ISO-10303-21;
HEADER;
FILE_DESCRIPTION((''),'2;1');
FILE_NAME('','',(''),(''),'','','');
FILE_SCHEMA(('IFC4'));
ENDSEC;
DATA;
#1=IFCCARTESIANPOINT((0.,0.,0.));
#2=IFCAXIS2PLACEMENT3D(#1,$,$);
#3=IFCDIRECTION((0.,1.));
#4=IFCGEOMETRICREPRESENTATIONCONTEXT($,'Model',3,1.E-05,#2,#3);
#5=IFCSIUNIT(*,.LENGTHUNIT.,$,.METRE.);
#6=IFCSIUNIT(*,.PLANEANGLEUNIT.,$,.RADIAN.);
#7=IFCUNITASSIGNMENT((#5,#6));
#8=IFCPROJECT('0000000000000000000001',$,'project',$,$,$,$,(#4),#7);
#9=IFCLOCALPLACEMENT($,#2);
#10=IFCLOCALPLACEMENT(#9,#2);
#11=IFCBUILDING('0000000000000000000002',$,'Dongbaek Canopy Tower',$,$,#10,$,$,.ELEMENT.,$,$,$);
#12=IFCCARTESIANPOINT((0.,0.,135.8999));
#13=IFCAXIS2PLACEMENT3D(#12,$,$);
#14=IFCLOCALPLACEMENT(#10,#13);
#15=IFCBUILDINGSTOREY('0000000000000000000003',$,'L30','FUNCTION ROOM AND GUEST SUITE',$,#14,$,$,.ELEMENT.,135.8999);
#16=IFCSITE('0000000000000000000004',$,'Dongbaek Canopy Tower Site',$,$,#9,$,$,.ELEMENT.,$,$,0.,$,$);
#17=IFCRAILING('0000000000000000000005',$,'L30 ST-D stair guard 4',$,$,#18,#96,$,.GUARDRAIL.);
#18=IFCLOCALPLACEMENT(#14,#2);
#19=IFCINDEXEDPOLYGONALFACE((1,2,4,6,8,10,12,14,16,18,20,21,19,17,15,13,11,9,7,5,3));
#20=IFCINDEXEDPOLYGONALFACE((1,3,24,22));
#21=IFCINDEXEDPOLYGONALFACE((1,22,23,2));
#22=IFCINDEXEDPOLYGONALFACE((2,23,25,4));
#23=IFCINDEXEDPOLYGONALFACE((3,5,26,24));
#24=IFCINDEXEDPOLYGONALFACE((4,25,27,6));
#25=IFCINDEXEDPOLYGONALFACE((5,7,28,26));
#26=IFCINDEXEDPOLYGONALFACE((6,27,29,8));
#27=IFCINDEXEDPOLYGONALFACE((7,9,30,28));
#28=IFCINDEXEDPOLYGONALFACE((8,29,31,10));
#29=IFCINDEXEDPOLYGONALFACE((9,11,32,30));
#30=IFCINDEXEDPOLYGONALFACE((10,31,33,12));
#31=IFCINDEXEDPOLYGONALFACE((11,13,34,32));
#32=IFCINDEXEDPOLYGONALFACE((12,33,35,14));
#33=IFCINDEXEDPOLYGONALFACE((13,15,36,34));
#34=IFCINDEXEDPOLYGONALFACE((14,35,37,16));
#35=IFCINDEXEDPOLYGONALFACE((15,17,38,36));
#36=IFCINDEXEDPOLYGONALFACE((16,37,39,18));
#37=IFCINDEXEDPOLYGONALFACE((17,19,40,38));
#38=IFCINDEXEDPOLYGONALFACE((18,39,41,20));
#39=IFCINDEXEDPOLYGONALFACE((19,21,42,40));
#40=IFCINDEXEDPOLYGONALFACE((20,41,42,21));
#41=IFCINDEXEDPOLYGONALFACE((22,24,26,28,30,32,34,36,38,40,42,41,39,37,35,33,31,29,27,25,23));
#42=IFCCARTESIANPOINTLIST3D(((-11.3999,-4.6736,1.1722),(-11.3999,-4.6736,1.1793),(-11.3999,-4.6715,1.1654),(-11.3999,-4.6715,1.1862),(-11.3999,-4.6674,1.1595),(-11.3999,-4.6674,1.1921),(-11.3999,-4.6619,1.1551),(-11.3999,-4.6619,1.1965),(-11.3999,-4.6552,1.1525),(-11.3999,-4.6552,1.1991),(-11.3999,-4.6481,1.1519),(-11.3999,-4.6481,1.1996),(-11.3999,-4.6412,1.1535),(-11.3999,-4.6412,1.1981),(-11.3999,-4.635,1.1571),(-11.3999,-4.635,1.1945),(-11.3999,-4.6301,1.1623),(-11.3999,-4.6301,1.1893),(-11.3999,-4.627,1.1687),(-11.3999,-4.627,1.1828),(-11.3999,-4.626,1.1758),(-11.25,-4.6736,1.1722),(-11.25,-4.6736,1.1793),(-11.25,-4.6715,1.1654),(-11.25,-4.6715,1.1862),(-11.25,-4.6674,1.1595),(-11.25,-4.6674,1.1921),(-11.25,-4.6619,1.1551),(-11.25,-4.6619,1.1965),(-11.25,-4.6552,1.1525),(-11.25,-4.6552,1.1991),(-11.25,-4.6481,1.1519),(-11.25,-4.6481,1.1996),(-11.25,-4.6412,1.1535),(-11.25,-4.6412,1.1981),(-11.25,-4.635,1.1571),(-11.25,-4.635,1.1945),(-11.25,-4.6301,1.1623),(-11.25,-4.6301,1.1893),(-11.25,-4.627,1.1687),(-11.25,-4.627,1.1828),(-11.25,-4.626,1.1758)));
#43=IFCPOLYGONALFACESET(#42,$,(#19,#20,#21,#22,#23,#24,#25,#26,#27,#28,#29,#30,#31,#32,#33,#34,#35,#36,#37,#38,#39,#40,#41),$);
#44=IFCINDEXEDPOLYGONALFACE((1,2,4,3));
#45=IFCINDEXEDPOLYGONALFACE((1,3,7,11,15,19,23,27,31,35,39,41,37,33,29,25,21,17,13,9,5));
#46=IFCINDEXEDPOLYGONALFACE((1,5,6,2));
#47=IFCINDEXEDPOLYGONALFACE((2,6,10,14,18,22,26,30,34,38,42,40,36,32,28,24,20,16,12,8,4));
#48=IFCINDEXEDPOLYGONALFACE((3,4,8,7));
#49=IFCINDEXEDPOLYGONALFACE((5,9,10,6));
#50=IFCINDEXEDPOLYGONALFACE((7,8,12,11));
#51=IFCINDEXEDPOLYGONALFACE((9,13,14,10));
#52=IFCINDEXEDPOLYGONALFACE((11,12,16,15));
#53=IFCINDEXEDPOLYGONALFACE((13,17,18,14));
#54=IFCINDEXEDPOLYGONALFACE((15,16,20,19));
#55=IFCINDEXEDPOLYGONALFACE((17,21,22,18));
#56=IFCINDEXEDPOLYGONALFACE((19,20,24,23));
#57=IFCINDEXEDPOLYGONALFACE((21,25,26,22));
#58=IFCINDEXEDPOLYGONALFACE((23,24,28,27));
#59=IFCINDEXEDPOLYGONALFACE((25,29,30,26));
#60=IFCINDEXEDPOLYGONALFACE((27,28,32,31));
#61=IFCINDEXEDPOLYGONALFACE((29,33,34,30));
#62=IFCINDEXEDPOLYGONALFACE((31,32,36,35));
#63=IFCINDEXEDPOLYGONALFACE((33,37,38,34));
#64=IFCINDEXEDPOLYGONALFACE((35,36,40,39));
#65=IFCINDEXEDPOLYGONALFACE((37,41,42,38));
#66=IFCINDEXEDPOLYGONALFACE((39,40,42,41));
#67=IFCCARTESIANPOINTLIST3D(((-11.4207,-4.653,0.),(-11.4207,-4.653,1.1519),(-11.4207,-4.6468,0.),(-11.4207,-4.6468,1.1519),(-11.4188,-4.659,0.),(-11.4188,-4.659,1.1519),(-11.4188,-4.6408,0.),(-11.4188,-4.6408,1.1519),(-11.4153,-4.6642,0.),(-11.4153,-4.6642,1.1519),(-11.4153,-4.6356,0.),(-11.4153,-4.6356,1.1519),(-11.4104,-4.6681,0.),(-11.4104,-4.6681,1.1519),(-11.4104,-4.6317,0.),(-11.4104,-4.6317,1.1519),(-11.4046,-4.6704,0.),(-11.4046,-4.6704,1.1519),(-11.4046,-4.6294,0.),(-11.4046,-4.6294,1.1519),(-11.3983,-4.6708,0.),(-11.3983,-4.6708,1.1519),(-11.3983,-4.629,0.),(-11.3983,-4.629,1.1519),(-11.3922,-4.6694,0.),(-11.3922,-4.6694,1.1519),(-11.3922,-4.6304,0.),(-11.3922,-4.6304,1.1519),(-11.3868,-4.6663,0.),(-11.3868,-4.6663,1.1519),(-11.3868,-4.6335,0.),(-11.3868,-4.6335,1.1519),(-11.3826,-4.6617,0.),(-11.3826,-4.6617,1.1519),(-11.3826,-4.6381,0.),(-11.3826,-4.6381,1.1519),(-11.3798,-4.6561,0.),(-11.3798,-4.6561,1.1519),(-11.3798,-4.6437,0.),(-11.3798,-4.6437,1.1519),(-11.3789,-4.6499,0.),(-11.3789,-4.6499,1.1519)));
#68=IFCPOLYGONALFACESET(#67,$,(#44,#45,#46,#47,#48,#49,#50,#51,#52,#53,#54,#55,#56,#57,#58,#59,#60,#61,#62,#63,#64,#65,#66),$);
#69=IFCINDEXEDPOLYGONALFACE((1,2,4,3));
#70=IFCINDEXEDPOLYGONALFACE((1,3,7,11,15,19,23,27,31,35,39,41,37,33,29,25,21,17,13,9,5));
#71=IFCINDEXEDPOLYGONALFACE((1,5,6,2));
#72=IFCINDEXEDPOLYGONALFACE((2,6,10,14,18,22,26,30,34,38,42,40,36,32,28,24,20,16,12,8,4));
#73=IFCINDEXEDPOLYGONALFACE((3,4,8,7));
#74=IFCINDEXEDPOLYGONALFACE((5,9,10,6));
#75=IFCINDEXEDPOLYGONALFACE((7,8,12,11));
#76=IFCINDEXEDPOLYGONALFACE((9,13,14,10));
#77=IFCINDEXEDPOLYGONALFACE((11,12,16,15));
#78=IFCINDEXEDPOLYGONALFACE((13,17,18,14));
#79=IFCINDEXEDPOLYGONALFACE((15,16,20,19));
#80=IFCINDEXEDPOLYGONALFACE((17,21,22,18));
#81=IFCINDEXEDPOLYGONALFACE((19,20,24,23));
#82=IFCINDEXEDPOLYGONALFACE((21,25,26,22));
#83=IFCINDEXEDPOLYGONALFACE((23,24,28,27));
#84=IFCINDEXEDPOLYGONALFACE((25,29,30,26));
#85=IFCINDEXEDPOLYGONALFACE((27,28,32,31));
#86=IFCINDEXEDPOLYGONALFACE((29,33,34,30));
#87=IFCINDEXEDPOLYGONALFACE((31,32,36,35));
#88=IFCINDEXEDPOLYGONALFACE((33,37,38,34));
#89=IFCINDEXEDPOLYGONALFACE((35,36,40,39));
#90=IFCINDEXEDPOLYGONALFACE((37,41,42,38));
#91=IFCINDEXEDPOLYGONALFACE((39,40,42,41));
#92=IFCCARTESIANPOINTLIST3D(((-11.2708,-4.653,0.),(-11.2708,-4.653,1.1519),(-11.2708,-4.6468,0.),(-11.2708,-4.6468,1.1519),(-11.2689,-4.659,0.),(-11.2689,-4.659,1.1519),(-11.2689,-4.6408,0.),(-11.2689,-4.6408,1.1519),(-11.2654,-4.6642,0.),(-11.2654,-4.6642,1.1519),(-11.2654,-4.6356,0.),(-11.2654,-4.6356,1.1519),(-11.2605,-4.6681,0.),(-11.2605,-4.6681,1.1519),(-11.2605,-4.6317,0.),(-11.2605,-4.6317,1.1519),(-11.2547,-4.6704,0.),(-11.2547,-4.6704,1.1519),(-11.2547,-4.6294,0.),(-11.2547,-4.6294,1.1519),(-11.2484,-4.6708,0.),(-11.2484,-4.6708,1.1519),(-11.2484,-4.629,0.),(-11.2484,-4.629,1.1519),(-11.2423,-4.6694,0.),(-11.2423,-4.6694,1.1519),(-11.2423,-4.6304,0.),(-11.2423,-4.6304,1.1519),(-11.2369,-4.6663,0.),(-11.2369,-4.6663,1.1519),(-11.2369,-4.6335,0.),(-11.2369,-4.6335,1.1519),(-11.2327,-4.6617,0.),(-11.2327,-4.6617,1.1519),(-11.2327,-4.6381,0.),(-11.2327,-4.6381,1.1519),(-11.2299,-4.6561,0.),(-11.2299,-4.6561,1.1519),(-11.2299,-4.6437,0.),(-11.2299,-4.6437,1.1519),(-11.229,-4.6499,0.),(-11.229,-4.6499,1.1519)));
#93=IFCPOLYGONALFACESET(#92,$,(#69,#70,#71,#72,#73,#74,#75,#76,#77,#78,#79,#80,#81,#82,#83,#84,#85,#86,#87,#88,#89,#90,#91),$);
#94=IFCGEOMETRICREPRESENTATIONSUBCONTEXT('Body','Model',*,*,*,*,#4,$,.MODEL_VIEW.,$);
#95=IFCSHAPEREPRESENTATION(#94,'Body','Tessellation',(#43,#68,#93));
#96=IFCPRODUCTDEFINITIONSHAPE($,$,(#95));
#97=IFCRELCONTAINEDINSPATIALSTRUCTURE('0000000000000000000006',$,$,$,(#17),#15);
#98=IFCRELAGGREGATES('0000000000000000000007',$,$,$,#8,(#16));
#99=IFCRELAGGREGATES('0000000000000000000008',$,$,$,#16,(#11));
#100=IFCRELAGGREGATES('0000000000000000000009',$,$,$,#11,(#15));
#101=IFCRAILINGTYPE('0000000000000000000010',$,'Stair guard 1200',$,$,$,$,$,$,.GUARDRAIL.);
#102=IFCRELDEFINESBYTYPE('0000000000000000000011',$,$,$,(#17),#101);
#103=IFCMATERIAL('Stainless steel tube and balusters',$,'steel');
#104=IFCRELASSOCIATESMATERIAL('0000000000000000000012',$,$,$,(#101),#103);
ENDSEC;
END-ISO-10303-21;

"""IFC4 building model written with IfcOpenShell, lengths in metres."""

from ifc_helpers import new_model, si_unit, direction, frame, origin, origin_2d, place, context, subcontext, project, spatial, circle, extrude, material, type_object, element, save


model = new_model("IFC4")

# Units and contexts
model_context = context("Model", 3, precision=1e-05, world=origin(), true_north=direction((0.0, 1.0)))
body_context = subcontext(model_context, "Body", "Model", "MODEL_VIEW")
ifc_project = project(units=[si_unit("LENGTHUNIT", "METRE"), si_unit("PLANEANGLEUNIT", "RADIAN")], contexts=[model_context])

# Site, building, storey
site_placement = place(None, origin())
site = spatial("IfcSite", under=ifc_project, at=site_placement, Name="Dongbaek Canopy Tower Site", CompositionType="ELEMENT", RefElevation=0.0)
building_placement = place(site_placement, origin())
building = spatial("IfcBuilding", under=site, at=building_placement, Name="Dongbaek Canopy Tower", CompositionType="ELEMENT")
storey_placement = place(building_placement, frame((0.0, 0.0, 135.8999)))
storey = spatial("IfcBuildingStorey", under=building, at=storey_placement, Name="L30", Description="FUNCTION ROOM AND GUEST SUITE", CompositionType="ELEMENT", Elevation=135.8999)

# Railing
ifc_material_1 = material(Name="Stainless steel tube and balusters", Category="steel")
railing_type_1 = type_object("IfcRailingType", Name="Stair guard 1200", PredefinedType="GUARDRAIL", material=ifc_material_1)
railing_1_placement = place(storey_placement, frame((-11.3999, -4.6499, 0.0)))
element("IfcRailing", 1, at=railing_1_placement, inside=storey, type_object=railing_type_1, Name="L30 ST-D stair guard 4", PredefinedType="GUARDRAIL", context=body_context, shape_type="SweptSolid", body=[
    extrude(circle(Radius=0.0239, at=origin_2d()), frame((0.0, 0.0, 1.1758), z_axis=(1.0, 0.0, 0.0), x_axis=(0.0, 1.0, 0.0)), (0.0, 0.0, 1.0), 0.1499),
    extrude(circle(Radius=0.021, at=origin_2d()), origin(), (0.0, 0.0, 1.0), 1.1519),
    extrude(circle(Radius=0.021, at=origin_2d()), frame((0.1499, 0.0, 0.0)), (0.0, 0.0, 1.0), 1.1519),
])

save(model, "model.ifc")
